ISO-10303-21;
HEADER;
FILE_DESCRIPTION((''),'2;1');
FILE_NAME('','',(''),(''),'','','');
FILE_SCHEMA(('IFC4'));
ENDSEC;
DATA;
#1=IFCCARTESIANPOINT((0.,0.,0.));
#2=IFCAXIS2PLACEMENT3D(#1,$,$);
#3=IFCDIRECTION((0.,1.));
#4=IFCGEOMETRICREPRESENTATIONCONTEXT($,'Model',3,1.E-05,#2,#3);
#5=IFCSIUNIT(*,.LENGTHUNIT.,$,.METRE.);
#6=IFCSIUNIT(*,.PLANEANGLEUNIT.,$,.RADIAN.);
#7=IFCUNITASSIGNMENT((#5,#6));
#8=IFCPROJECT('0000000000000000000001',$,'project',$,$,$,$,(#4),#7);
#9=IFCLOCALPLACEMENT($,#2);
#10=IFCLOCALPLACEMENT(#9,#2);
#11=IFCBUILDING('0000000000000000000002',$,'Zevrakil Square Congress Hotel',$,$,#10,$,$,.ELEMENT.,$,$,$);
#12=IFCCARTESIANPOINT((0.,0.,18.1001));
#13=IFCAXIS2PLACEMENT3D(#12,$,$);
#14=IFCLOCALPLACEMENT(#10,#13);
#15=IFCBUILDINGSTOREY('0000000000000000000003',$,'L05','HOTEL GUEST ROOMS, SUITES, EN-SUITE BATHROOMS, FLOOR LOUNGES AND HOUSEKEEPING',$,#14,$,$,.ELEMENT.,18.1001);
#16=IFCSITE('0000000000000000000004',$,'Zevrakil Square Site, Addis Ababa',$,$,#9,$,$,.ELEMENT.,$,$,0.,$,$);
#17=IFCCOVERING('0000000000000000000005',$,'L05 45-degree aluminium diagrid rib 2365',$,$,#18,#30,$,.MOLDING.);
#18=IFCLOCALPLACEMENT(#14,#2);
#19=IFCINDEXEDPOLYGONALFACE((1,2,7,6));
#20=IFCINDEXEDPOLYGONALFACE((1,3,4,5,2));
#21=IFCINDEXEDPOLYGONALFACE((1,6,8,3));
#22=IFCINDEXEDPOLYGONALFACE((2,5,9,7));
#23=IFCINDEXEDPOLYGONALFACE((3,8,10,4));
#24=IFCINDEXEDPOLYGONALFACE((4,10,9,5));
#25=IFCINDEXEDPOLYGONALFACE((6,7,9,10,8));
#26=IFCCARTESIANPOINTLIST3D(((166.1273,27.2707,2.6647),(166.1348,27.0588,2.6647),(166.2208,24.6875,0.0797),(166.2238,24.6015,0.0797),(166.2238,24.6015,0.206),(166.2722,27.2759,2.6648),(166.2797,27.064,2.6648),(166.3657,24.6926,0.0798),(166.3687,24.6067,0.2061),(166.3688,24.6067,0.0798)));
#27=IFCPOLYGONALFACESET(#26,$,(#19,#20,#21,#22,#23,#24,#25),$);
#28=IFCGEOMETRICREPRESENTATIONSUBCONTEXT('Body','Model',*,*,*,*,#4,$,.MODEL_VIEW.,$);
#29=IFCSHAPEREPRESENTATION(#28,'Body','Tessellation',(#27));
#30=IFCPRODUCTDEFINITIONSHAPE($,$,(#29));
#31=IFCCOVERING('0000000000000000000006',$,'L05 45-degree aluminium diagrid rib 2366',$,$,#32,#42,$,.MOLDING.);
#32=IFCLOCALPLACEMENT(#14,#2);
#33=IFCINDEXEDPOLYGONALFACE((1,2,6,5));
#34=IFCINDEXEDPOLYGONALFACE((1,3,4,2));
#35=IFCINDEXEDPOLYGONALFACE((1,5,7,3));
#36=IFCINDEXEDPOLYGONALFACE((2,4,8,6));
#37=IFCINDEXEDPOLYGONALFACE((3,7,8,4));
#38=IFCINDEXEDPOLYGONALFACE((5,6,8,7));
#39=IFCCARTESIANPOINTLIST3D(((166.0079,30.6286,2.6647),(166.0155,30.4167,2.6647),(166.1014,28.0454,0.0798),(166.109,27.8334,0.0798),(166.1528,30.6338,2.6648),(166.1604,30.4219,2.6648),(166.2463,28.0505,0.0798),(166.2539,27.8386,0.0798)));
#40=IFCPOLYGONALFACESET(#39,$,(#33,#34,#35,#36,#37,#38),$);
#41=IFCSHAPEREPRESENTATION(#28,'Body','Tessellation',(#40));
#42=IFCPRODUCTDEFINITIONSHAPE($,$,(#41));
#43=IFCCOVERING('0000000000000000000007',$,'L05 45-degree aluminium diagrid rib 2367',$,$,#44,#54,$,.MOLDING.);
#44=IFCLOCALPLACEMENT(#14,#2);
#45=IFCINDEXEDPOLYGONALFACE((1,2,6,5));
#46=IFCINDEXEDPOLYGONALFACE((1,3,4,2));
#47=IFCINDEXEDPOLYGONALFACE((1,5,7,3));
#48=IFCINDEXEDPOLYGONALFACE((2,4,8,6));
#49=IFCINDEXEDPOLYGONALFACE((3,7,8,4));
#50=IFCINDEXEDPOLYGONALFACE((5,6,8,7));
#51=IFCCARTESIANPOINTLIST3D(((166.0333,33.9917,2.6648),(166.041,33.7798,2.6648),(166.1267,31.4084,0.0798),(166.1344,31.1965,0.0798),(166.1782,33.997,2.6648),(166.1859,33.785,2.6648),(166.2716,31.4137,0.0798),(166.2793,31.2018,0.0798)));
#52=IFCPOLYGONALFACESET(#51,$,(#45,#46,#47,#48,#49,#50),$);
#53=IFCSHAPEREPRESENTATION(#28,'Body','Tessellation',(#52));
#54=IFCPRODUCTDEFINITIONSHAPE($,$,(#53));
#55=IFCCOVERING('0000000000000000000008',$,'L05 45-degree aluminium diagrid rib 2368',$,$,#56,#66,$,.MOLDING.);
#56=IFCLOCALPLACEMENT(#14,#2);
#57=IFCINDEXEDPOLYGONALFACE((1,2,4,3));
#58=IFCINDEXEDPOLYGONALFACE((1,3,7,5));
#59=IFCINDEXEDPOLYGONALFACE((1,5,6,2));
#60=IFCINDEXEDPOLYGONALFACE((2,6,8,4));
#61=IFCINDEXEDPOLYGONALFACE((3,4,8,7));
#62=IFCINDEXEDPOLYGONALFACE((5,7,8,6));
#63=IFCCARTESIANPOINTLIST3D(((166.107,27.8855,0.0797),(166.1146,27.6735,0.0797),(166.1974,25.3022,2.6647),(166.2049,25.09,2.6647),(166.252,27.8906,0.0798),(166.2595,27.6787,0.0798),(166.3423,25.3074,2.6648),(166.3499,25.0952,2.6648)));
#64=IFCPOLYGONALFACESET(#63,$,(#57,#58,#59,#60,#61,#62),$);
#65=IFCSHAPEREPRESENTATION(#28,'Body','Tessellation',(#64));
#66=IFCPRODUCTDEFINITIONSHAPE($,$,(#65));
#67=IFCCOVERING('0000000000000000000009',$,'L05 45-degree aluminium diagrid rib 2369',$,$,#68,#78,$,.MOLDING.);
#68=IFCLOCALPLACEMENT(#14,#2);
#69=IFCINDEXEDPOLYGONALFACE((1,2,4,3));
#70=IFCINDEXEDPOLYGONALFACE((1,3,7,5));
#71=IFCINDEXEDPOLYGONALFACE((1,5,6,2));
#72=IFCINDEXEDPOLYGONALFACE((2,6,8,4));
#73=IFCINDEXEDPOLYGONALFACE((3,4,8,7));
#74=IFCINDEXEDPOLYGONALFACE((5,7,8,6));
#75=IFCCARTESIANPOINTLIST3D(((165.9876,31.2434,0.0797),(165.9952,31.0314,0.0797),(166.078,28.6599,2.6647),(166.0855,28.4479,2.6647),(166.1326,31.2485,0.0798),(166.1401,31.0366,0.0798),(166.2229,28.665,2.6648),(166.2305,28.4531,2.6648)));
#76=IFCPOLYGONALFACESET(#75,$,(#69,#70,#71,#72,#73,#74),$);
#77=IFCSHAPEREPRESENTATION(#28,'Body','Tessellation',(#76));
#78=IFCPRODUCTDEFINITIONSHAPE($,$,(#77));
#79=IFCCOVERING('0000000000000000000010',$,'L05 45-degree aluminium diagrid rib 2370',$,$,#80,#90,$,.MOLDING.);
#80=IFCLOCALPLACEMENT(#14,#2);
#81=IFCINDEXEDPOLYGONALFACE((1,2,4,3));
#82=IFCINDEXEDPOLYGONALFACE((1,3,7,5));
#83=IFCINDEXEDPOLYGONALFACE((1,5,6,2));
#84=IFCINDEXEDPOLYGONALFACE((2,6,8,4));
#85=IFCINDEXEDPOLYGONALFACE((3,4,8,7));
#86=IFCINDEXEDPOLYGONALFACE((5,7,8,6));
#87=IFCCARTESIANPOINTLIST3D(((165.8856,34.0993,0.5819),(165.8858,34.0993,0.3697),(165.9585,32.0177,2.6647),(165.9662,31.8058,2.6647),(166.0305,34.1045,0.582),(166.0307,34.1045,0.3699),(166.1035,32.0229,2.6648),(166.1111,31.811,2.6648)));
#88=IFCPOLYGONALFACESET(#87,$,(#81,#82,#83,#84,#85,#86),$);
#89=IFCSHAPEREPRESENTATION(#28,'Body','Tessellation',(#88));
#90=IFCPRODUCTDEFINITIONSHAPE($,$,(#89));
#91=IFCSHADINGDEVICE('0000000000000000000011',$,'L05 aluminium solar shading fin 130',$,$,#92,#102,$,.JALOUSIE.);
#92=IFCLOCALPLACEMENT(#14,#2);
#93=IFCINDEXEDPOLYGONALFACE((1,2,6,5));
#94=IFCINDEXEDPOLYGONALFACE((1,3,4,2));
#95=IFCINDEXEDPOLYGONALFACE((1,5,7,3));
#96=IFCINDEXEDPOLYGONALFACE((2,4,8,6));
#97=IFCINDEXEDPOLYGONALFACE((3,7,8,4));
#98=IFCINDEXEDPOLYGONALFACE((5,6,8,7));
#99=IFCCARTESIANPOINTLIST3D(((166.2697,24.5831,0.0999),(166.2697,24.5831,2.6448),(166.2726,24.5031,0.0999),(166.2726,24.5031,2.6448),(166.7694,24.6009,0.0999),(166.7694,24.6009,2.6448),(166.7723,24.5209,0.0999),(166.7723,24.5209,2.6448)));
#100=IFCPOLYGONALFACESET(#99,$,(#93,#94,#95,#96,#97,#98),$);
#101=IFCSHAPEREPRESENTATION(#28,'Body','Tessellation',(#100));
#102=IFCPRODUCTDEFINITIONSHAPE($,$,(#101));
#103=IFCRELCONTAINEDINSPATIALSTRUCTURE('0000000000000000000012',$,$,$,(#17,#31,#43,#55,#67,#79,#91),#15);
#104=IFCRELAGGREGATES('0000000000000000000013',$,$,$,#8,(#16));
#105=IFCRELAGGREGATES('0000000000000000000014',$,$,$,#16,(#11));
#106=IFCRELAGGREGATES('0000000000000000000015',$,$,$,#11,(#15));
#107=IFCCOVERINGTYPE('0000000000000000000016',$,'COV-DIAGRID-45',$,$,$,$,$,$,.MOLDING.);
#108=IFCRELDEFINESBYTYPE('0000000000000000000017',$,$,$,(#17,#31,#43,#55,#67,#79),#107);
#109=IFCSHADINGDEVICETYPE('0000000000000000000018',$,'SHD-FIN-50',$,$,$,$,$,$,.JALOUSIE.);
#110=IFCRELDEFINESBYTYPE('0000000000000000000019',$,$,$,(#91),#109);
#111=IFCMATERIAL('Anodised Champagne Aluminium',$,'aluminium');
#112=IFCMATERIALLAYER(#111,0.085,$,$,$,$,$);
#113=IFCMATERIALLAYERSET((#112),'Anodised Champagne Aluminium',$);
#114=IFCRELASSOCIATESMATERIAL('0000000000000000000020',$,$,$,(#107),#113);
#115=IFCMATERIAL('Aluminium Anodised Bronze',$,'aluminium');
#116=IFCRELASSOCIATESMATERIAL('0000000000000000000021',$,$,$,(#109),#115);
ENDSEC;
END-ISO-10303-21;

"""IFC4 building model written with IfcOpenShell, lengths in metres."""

from ifc_helpers import new_model, si_unit, direction, frame, origin, origin_2d, place, context, subcontext, project, spatial, polyline, rectangle, outline, extrude, material, layer, layer_set, type_object, element, save


model = new_model("IFC4")

# Units and contexts
model_context = context("Model", 3, precision=1e-05, world=origin(), true_north=direction((0.0, 1.0)))
body_context = subcontext(model_context, "Body", "Model", "MODEL_VIEW")
ifc_project = project(units=[si_unit("LENGTHUNIT", "METRE"), si_unit("PLANEANGLEUNIT", "RADIAN")], contexts=[model_context])

# Site, building, storey
site_placement = place(None, origin())
site = spatial("IfcSite", under=ifc_project, at=site_placement, Name="Zevrakil Square Site, Addis Ababa", CompositionType="ELEMENT", RefElevation=0.0)
building_placement = place(site_placement, origin())
building = spatial("IfcBuilding", under=site, at=building_placement, Name="Zevrakil Square Congress Hotel", CompositionType="ELEMENT")
storey_placement = place(building_placement, frame((0.0, 0.0, 18.1001)))
storey = spatial("IfcBuildingStorey", under=building, at=storey_placement, Name="L05", Description="HOTEL GUEST ROOMS, SUITES, EN-SUITE BATHROOMS, FLOOR LOUNGES AND HOUSEKEEPING", CompositionType="ELEMENT", Elevation=18.1001)

# Coverings
ifc_material_1 = material(Name="Anodised Champagne Aluminium", Category="aluminium")
ifc_layer_1 = layer(ifc_material_1, 0.085)
ifc_layer_set_1 = layer_set([ifc_layer_1], Name="Anodised Champagne Aluminium")
covering_type_1 = type_object("IfcCoveringType", Name="COV-DIAGRID-45", PredefinedType="MOLDING", material=ifc_layer_set_1)
covering_1_placement = place(storey_placement, frame((166.3657, 24.6926, 0.0798), z_axis=(0.999369, 0.035516, 0.000669), x_axis=(0.035516, -0.999369, -0.000001)))
element("IfcCovering", 1, at=covering_1_placement, inside=storey, type_object=covering_type_1, Name="L05 45-degree aluminium diagrid rib 2365", PredefinedType="MOLDING", context=body_context, shape_type="SweptSolid", body=[
    extrude(outline(polyline([(0.0, 0.0), (0.086, 0.0), (0.086, -0.1262), (-2.3729, -2.585), (-2.5849, -2.585), (0.0, 0.0)])), origin(), (0.0, 0.0, -1.0), 0.145),
])
covering_2_placement = place(storey_placement, frame((166.2463, 28.0505, 0.0798), z_axis=(0.999363, 0.035692, 0.000482), x_axis=(0.035692, -0.999363, 0.0)))
element("IfcCovering", 2, at=covering_2_placement, inside=storey, type_object=covering_type_1, Name="L05 45-degree aluminium diagrid rib 2366", PredefinedType="MOLDING", context=body_context, shape_type="SweptSolid", body=[
    extrude(outline(polyline([(0.0, 0.0), (0.212, 0.0), (-2.3729, -2.585), (-2.5849, -2.585), (0.0, 0.0)])), origin(), (0.0, 0.0, -1.0), 0.145),
])
covering_3_placement = place(storey_placement, frame((166.1267, 31.4084, 0.0798), z_axis=(-0.999342, -0.036266, 0.00014), x_axis=(0.036266, -0.999342, 0.0)))
element("IfcCovering", 3, at=covering_3_placement, inside=storey, type_object=covering_type_1, Name="L05 45-degree aluminium diagrid rib 2367", PredefinedType="MOLDING", context=body_context, shape_type="SweptSolid", body=[
    extrude(outline(polyline([(0.0, 0.0), (0.2121, 0.0), (-2.3729, 2.585), (-2.5849, 2.585), (0.0, 0.0)])), origin(), (0.0, 0.0, -1.0), 0.145),
])
covering_4_placement = place(storey_placement, frame((166.3499, 25.0952, 2.6648), z_axis=(0.999363, 0.035671, 0.000726), x_axis=(-0.035671, 0.999364, 0.0)))
element("IfcCovering", 4, at=covering_4_placement, inside=storey, type_object=covering_type_1, Name="L05 45-degree aluminium diagrid rib 2368", PredefinedType="MOLDING", context=body_context, shape_type="SweptSolid", body=[
    extrude(outline(polyline([(0.0, 0.0), (0.2123, 0.0), (2.7971, -2.585), (2.5851, -2.585), (0.0, 0.0)])), origin(), (0.0, 0.0, -1.0), 0.145),
])
covering_5_placement = place(storey_placement, frame((166.2305, 28.4531, 2.6648), z_axis=(0.999363, 0.035692, 0.000748), x_axis=(-0.035692, 0.999363, 0.0)))
element("IfcCovering", 5, at=covering_5_placement, inside=storey, type_object=covering_type_1, Name="L05 45-degree aluminium diagrid rib 2369", PredefinedType="MOLDING", context=body_context, shape_type="SweptSolid", body=[
    extrude(outline(polyline([(0.0, 0.0), (0.212, 0.0), (2.7971, -2.585), (2.5851, -2.585), (0.0, 0.0)])), origin(), (0.0, 0.0, -1.0), 0.145),
])
covering_6_placement = place(storey_placement, frame((166.1111, 31.811, 2.6648), z_axis=(0.999354, 0.035932, 0.000909), x_axis=(-0.035932, 0.999354, 0.0)))
element("IfcCovering", 6, at=covering_6_placement, inside=storey, type_object=covering_type_1, Name="L05 45-degree aluminium diagrid rib 2370", PredefinedType="MOLDING", context=body_context, shape_type="SweptSolid", body=[
    extrude(outline(polyline([(0.0, 0.0), (0.212, 0.0), (2.2949, -2.0828), (2.2949, -2.2949), (0.0, 0.0)])), origin(), (0.0, 0.0, -1.0), 0.145),
])

# Shading device
ifc_material_2 = material(Name="Aluminium Anodised Bronze", Category="aluminium")
shading_device_type = type_object("IfcShadingDeviceType", Name="SHD-FIN-50", PredefinedType="JALOUSIE", material=ifc_material_2)
shading_device_placement = place(storey_placement, frame((166.521, 24.552, 0.0999), z_axis=(0.0, 0.0, 1.0), x_axis=(0.999368, 0.035545, 0.0)))
element("IfcShadingDevice", 7, at=shading_device_placement, inside=storey, type_object=shading_device_type, Name="L05 aluminium solar shading fin 130", PredefinedType="JALOUSIE", context=body_context, shape_type="SweptSolid", body=[
    extrude(rectangle(XDim=0.5, YDim=0.0801, at=origin_2d()), origin(), (0.0, 0.0, 1.0), 2.5449),
])

save(model, "model.ifc")
